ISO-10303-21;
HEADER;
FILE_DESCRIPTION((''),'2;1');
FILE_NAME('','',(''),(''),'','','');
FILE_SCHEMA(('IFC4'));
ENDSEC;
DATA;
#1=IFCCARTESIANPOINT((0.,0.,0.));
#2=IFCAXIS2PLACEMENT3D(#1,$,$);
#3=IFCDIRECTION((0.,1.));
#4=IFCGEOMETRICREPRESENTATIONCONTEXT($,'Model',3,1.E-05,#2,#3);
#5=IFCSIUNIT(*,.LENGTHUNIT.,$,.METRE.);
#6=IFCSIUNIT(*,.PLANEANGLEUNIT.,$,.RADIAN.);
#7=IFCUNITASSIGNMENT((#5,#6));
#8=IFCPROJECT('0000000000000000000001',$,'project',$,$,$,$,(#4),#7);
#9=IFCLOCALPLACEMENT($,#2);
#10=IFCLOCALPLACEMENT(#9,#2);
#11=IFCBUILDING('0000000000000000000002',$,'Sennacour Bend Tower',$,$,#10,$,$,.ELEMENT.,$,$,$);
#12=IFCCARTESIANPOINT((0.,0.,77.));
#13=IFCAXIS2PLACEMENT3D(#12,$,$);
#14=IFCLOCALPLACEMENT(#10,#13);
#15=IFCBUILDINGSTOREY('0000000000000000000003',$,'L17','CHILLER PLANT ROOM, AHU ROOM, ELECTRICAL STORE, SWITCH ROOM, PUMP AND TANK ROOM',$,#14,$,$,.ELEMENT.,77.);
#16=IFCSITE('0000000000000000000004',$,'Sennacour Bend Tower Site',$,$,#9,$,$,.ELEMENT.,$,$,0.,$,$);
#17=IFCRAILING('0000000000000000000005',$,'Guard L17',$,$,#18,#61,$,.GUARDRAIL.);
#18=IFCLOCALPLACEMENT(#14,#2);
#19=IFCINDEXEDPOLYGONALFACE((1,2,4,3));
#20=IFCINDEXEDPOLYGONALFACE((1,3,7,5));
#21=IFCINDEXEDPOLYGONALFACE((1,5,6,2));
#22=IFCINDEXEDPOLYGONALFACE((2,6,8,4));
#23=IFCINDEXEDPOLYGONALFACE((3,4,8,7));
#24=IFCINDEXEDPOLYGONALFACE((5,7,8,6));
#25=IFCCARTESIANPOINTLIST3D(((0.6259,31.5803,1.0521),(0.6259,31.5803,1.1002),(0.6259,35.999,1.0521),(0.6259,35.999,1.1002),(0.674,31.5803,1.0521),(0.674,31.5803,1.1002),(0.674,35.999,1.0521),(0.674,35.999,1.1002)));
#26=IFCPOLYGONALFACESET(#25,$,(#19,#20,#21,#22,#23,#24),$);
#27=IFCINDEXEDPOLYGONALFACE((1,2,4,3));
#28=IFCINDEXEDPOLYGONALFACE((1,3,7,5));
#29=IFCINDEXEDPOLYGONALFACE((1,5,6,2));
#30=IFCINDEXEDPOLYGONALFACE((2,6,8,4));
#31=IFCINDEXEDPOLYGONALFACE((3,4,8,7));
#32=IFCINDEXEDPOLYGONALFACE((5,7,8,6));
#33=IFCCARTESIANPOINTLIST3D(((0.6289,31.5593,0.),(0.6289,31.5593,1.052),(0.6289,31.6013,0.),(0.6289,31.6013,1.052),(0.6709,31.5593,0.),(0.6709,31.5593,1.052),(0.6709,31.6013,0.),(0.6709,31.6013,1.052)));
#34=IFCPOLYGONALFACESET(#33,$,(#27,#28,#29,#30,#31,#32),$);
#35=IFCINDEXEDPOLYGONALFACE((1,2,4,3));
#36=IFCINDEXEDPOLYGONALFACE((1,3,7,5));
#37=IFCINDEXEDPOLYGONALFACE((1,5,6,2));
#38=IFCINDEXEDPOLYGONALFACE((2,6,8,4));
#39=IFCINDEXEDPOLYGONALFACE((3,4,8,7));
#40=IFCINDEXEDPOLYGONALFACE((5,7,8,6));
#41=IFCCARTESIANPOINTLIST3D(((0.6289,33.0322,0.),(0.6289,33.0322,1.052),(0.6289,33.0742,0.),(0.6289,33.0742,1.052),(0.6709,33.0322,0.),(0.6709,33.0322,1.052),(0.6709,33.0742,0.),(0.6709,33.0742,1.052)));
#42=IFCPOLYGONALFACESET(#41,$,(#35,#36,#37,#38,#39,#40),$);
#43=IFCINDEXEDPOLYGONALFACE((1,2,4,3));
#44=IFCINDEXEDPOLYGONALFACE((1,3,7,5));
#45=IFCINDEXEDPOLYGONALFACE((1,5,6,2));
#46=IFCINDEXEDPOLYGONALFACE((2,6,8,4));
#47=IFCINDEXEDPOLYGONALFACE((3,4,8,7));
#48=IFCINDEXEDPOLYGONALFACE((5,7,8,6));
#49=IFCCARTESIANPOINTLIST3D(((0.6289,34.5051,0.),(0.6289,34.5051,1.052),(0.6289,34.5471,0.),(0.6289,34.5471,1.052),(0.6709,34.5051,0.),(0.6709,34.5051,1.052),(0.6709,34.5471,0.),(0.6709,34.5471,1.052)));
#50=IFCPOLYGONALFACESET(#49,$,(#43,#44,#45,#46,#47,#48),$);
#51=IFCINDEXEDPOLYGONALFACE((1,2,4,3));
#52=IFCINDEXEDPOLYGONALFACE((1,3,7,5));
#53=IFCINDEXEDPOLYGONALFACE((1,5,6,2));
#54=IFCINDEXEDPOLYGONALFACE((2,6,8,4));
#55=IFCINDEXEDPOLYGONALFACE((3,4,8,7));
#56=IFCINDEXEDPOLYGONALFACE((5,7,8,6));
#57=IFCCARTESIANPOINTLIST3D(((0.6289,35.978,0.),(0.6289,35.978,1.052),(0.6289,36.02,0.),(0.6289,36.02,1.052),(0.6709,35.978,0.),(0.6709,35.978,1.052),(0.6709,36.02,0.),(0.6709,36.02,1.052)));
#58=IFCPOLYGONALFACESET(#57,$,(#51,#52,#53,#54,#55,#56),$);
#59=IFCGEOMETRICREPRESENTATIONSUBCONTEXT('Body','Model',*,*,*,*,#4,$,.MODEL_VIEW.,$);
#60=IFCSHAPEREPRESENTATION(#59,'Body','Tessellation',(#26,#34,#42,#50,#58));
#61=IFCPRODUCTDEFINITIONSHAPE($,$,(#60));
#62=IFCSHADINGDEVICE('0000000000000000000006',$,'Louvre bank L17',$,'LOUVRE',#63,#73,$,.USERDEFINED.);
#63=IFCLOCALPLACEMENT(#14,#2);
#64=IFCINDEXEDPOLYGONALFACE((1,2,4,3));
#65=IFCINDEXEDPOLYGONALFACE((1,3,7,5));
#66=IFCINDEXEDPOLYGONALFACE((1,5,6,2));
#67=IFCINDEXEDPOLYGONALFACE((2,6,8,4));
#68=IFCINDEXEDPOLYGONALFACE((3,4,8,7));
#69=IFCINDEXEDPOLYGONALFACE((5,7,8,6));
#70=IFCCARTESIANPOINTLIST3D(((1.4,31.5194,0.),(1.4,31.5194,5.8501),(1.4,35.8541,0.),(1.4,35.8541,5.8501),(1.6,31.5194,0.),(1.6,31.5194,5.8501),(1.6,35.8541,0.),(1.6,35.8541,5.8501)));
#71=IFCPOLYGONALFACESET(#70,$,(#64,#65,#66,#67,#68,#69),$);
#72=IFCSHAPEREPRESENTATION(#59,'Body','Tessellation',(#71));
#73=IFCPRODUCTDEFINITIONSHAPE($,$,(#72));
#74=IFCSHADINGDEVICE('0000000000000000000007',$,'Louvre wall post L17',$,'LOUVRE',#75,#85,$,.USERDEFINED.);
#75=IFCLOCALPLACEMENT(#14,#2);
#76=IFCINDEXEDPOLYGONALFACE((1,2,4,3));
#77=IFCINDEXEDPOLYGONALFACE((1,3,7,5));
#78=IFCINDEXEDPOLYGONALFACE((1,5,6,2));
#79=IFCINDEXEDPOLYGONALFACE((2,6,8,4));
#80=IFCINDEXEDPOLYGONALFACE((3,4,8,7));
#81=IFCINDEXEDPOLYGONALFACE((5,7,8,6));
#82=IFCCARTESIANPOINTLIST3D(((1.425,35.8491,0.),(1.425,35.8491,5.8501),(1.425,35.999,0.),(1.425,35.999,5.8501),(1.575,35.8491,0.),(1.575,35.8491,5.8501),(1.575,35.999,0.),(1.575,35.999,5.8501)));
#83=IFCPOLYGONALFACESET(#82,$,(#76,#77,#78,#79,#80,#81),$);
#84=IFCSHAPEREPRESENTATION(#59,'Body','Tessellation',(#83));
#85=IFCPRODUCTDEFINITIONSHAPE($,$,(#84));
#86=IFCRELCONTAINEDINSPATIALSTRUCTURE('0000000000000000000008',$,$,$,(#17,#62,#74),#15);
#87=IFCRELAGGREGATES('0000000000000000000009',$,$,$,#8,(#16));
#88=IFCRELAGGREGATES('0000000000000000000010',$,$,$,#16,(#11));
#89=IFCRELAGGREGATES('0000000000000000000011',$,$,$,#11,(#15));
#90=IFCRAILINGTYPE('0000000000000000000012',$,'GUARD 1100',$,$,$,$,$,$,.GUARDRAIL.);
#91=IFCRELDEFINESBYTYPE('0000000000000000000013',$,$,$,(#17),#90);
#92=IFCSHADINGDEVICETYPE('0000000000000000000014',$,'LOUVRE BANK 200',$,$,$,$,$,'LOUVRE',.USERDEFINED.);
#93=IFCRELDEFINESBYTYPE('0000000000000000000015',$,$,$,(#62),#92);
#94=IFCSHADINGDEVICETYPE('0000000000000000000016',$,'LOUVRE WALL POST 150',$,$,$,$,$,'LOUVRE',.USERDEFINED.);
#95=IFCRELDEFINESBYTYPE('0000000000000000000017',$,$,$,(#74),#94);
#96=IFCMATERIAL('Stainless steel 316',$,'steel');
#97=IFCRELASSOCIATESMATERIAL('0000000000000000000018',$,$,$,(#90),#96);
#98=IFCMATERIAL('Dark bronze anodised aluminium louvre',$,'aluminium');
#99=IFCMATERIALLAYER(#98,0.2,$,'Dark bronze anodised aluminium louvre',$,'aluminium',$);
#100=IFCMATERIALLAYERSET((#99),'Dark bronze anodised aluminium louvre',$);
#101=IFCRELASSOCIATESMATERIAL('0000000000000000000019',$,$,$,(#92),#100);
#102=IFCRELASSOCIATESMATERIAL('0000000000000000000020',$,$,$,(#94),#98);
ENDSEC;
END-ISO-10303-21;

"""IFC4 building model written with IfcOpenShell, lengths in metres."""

from ifc_helpers import new_model, si_unit, direction, frame, origin, origin_2d, place, context, subcontext, project, spatial, rectangle, extrude, material, layer, layer_set, type_object, element, save


model = new_model("IFC4")

# Units and contexts
model_context = context("Model", 3, precision=1e-05, world=origin(), true_north=direction((0.0, 1.0)))
body_context = subcontext(model_context, "Body", "Model", "MODEL_VIEW")
ifc_project = project(units=[si_unit("LENGTHUNIT", "METRE"), si_unit("PLANEANGLEUNIT", "RADIAN")], contexts=[model_context])

# Site, building, storey
site_placement = place(None, origin())
site = spatial("IfcSite", under=ifc_project, at=site_placement, Name="Sennacour Bend Tower Site", CompositionType="ELEMENT", RefElevation=0.0)
building_placement = place(site_placement, origin())
building = spatial("IfcBuilding", under=site, at=building_placement, Name="Sennacour Bend Tower", CompositionType="ELEMENT")
storey_placement = place(building_placement, frame((0.0, 0.0, 77.0)))
storey = spatial("IfcBuildingStorey", under=building, at=storey_placement, Name="L17", Description="CHILLER PLANT ROOM, AHU ROOM, ELECTRICAL STORE, SWITCH ROOM, PUMP AND TANK ROOM", CompositionType="ELEMENT", Elevation=77.0)

# Railing
ifc_material_1 = material(Name="Stainless steel 316", Category="steel")
railing_type = type_object("IfcRailingType", Name="GUARD 1100", PredefinedType="GUARDRAIL", material=ifc_material_1)
railing_placement = place(storey_placement, frame((0.6499, 31.5803, 0.0)))
element("IfcRailing", 1, at=railing_placement, inside=storey, type_object=railing_type, Name="Guard L17", PredefinedType="GUARDRAIL", context=body_context, shape_type="SweptSolid", body=[
    extrude(rectangle(XDim=0.0481, YDim=0.0481, at=origin_2d()), frame((0.0, 0.0, 1.0762), z_axis=(0.0, 1.0, 0.0), x_axis=(-1.0, 0.0, 0.0)), (0.0, 0.0, 1.0), 4.4187),
    extrude(rectangle(XDim=0.042, YDim=0.042, at=origin_2d()), origin(), (0.0, 0.0, 1.0), 1.052),
    extrude(rectangle(XDim=0.042, YDim=0.042, at=origin_2d()), frame((0.0, 1.4729, 0.0)), (0.0, 0.0, 1.0), 1.052),
    extrude(rectangle(XDim=0.042, YDim=0.042, at=origin_2d()), frame((0.0, 2.9458, 0.0)), (0.0, 0.0, 1.0), 1.052),
    extrude(rectangle(XDim=0.042, YDim=0.042, at=origin_2d()), frame((0.0, 4.4187, 0.0)), (0.0, 0.0, 1.0), 1.052),
])

# Shading devices
ifc_material_2 = material(Name="Dark bronze anodised aluminium louvre", Category="aluminium")
ifc_layer_1 = layer(ifc_material_2, 0.2, Name="Dark bronze anodised aluminium louvre", Category="aluminium")
ifc_layer_set_1 = layer_set([ifc_layer_1], Name="Dark bronze anodised aluminium louvre")
shading_device_type_1 = type_object("IfcShadingDeviceType", Name="LOUVRE BANK 200", ElementType="LOUVRE", PredefinedType="USERDEFINED", material=ifc_layer_set_1)
shading_device_1_placement = place(storey_placement, frame((1.5, 33.6868, 0.0), z_axis=(0.0, 0.0, 1.0), x_axis=(0.0, 1.0, 0.0)))
element("IfcShadingDevice", 2, at=shading_device_1_placement, inside=storey, type_object=shading_device_type_1, Name="Louvre bank L17", ObjectType="LOUVRE", PredefinedType="USERDEFINED", context=body_context, shape_type="SweptSolid", body=[
    extrude(rectangle(XDim=4.3347, YDim=0.2, at=origin_2d()), origin(), (0.0, 0.0, 1.0), 5.8501),
])
shading_device_type_2 = type_object("IfcShadingDeviceType", Name="LOUVRE WALL POST 150", ElementType="LOUVRE", PredefinedType="USERDEFINED", material=ifc_material_2)
shading_device_2_placement = place(storey_placement, frame((1.5, 35.9241, 0.0), z_axis=(0.0, 0.0, 1.0), x_axis=(1.0, 0.0, 0.0)))
element("IfcShadingDevice", 3, at=shading_device_2_placement, inside=storey, type_object=shading_device_type_2, Name="Louvre wall post L17", ObjectType="LOUVRE", PredefinedType="USERDEFINED", context=body_context, shape_type="SweptSolid", body=[
    extrude(rectangle(XDim=0.1499, YDim=0.1499, at=origin_2d()), origin(), (0.0, 0.0, 1.0), 5.8501),
])

save(model, "model.ifc")
